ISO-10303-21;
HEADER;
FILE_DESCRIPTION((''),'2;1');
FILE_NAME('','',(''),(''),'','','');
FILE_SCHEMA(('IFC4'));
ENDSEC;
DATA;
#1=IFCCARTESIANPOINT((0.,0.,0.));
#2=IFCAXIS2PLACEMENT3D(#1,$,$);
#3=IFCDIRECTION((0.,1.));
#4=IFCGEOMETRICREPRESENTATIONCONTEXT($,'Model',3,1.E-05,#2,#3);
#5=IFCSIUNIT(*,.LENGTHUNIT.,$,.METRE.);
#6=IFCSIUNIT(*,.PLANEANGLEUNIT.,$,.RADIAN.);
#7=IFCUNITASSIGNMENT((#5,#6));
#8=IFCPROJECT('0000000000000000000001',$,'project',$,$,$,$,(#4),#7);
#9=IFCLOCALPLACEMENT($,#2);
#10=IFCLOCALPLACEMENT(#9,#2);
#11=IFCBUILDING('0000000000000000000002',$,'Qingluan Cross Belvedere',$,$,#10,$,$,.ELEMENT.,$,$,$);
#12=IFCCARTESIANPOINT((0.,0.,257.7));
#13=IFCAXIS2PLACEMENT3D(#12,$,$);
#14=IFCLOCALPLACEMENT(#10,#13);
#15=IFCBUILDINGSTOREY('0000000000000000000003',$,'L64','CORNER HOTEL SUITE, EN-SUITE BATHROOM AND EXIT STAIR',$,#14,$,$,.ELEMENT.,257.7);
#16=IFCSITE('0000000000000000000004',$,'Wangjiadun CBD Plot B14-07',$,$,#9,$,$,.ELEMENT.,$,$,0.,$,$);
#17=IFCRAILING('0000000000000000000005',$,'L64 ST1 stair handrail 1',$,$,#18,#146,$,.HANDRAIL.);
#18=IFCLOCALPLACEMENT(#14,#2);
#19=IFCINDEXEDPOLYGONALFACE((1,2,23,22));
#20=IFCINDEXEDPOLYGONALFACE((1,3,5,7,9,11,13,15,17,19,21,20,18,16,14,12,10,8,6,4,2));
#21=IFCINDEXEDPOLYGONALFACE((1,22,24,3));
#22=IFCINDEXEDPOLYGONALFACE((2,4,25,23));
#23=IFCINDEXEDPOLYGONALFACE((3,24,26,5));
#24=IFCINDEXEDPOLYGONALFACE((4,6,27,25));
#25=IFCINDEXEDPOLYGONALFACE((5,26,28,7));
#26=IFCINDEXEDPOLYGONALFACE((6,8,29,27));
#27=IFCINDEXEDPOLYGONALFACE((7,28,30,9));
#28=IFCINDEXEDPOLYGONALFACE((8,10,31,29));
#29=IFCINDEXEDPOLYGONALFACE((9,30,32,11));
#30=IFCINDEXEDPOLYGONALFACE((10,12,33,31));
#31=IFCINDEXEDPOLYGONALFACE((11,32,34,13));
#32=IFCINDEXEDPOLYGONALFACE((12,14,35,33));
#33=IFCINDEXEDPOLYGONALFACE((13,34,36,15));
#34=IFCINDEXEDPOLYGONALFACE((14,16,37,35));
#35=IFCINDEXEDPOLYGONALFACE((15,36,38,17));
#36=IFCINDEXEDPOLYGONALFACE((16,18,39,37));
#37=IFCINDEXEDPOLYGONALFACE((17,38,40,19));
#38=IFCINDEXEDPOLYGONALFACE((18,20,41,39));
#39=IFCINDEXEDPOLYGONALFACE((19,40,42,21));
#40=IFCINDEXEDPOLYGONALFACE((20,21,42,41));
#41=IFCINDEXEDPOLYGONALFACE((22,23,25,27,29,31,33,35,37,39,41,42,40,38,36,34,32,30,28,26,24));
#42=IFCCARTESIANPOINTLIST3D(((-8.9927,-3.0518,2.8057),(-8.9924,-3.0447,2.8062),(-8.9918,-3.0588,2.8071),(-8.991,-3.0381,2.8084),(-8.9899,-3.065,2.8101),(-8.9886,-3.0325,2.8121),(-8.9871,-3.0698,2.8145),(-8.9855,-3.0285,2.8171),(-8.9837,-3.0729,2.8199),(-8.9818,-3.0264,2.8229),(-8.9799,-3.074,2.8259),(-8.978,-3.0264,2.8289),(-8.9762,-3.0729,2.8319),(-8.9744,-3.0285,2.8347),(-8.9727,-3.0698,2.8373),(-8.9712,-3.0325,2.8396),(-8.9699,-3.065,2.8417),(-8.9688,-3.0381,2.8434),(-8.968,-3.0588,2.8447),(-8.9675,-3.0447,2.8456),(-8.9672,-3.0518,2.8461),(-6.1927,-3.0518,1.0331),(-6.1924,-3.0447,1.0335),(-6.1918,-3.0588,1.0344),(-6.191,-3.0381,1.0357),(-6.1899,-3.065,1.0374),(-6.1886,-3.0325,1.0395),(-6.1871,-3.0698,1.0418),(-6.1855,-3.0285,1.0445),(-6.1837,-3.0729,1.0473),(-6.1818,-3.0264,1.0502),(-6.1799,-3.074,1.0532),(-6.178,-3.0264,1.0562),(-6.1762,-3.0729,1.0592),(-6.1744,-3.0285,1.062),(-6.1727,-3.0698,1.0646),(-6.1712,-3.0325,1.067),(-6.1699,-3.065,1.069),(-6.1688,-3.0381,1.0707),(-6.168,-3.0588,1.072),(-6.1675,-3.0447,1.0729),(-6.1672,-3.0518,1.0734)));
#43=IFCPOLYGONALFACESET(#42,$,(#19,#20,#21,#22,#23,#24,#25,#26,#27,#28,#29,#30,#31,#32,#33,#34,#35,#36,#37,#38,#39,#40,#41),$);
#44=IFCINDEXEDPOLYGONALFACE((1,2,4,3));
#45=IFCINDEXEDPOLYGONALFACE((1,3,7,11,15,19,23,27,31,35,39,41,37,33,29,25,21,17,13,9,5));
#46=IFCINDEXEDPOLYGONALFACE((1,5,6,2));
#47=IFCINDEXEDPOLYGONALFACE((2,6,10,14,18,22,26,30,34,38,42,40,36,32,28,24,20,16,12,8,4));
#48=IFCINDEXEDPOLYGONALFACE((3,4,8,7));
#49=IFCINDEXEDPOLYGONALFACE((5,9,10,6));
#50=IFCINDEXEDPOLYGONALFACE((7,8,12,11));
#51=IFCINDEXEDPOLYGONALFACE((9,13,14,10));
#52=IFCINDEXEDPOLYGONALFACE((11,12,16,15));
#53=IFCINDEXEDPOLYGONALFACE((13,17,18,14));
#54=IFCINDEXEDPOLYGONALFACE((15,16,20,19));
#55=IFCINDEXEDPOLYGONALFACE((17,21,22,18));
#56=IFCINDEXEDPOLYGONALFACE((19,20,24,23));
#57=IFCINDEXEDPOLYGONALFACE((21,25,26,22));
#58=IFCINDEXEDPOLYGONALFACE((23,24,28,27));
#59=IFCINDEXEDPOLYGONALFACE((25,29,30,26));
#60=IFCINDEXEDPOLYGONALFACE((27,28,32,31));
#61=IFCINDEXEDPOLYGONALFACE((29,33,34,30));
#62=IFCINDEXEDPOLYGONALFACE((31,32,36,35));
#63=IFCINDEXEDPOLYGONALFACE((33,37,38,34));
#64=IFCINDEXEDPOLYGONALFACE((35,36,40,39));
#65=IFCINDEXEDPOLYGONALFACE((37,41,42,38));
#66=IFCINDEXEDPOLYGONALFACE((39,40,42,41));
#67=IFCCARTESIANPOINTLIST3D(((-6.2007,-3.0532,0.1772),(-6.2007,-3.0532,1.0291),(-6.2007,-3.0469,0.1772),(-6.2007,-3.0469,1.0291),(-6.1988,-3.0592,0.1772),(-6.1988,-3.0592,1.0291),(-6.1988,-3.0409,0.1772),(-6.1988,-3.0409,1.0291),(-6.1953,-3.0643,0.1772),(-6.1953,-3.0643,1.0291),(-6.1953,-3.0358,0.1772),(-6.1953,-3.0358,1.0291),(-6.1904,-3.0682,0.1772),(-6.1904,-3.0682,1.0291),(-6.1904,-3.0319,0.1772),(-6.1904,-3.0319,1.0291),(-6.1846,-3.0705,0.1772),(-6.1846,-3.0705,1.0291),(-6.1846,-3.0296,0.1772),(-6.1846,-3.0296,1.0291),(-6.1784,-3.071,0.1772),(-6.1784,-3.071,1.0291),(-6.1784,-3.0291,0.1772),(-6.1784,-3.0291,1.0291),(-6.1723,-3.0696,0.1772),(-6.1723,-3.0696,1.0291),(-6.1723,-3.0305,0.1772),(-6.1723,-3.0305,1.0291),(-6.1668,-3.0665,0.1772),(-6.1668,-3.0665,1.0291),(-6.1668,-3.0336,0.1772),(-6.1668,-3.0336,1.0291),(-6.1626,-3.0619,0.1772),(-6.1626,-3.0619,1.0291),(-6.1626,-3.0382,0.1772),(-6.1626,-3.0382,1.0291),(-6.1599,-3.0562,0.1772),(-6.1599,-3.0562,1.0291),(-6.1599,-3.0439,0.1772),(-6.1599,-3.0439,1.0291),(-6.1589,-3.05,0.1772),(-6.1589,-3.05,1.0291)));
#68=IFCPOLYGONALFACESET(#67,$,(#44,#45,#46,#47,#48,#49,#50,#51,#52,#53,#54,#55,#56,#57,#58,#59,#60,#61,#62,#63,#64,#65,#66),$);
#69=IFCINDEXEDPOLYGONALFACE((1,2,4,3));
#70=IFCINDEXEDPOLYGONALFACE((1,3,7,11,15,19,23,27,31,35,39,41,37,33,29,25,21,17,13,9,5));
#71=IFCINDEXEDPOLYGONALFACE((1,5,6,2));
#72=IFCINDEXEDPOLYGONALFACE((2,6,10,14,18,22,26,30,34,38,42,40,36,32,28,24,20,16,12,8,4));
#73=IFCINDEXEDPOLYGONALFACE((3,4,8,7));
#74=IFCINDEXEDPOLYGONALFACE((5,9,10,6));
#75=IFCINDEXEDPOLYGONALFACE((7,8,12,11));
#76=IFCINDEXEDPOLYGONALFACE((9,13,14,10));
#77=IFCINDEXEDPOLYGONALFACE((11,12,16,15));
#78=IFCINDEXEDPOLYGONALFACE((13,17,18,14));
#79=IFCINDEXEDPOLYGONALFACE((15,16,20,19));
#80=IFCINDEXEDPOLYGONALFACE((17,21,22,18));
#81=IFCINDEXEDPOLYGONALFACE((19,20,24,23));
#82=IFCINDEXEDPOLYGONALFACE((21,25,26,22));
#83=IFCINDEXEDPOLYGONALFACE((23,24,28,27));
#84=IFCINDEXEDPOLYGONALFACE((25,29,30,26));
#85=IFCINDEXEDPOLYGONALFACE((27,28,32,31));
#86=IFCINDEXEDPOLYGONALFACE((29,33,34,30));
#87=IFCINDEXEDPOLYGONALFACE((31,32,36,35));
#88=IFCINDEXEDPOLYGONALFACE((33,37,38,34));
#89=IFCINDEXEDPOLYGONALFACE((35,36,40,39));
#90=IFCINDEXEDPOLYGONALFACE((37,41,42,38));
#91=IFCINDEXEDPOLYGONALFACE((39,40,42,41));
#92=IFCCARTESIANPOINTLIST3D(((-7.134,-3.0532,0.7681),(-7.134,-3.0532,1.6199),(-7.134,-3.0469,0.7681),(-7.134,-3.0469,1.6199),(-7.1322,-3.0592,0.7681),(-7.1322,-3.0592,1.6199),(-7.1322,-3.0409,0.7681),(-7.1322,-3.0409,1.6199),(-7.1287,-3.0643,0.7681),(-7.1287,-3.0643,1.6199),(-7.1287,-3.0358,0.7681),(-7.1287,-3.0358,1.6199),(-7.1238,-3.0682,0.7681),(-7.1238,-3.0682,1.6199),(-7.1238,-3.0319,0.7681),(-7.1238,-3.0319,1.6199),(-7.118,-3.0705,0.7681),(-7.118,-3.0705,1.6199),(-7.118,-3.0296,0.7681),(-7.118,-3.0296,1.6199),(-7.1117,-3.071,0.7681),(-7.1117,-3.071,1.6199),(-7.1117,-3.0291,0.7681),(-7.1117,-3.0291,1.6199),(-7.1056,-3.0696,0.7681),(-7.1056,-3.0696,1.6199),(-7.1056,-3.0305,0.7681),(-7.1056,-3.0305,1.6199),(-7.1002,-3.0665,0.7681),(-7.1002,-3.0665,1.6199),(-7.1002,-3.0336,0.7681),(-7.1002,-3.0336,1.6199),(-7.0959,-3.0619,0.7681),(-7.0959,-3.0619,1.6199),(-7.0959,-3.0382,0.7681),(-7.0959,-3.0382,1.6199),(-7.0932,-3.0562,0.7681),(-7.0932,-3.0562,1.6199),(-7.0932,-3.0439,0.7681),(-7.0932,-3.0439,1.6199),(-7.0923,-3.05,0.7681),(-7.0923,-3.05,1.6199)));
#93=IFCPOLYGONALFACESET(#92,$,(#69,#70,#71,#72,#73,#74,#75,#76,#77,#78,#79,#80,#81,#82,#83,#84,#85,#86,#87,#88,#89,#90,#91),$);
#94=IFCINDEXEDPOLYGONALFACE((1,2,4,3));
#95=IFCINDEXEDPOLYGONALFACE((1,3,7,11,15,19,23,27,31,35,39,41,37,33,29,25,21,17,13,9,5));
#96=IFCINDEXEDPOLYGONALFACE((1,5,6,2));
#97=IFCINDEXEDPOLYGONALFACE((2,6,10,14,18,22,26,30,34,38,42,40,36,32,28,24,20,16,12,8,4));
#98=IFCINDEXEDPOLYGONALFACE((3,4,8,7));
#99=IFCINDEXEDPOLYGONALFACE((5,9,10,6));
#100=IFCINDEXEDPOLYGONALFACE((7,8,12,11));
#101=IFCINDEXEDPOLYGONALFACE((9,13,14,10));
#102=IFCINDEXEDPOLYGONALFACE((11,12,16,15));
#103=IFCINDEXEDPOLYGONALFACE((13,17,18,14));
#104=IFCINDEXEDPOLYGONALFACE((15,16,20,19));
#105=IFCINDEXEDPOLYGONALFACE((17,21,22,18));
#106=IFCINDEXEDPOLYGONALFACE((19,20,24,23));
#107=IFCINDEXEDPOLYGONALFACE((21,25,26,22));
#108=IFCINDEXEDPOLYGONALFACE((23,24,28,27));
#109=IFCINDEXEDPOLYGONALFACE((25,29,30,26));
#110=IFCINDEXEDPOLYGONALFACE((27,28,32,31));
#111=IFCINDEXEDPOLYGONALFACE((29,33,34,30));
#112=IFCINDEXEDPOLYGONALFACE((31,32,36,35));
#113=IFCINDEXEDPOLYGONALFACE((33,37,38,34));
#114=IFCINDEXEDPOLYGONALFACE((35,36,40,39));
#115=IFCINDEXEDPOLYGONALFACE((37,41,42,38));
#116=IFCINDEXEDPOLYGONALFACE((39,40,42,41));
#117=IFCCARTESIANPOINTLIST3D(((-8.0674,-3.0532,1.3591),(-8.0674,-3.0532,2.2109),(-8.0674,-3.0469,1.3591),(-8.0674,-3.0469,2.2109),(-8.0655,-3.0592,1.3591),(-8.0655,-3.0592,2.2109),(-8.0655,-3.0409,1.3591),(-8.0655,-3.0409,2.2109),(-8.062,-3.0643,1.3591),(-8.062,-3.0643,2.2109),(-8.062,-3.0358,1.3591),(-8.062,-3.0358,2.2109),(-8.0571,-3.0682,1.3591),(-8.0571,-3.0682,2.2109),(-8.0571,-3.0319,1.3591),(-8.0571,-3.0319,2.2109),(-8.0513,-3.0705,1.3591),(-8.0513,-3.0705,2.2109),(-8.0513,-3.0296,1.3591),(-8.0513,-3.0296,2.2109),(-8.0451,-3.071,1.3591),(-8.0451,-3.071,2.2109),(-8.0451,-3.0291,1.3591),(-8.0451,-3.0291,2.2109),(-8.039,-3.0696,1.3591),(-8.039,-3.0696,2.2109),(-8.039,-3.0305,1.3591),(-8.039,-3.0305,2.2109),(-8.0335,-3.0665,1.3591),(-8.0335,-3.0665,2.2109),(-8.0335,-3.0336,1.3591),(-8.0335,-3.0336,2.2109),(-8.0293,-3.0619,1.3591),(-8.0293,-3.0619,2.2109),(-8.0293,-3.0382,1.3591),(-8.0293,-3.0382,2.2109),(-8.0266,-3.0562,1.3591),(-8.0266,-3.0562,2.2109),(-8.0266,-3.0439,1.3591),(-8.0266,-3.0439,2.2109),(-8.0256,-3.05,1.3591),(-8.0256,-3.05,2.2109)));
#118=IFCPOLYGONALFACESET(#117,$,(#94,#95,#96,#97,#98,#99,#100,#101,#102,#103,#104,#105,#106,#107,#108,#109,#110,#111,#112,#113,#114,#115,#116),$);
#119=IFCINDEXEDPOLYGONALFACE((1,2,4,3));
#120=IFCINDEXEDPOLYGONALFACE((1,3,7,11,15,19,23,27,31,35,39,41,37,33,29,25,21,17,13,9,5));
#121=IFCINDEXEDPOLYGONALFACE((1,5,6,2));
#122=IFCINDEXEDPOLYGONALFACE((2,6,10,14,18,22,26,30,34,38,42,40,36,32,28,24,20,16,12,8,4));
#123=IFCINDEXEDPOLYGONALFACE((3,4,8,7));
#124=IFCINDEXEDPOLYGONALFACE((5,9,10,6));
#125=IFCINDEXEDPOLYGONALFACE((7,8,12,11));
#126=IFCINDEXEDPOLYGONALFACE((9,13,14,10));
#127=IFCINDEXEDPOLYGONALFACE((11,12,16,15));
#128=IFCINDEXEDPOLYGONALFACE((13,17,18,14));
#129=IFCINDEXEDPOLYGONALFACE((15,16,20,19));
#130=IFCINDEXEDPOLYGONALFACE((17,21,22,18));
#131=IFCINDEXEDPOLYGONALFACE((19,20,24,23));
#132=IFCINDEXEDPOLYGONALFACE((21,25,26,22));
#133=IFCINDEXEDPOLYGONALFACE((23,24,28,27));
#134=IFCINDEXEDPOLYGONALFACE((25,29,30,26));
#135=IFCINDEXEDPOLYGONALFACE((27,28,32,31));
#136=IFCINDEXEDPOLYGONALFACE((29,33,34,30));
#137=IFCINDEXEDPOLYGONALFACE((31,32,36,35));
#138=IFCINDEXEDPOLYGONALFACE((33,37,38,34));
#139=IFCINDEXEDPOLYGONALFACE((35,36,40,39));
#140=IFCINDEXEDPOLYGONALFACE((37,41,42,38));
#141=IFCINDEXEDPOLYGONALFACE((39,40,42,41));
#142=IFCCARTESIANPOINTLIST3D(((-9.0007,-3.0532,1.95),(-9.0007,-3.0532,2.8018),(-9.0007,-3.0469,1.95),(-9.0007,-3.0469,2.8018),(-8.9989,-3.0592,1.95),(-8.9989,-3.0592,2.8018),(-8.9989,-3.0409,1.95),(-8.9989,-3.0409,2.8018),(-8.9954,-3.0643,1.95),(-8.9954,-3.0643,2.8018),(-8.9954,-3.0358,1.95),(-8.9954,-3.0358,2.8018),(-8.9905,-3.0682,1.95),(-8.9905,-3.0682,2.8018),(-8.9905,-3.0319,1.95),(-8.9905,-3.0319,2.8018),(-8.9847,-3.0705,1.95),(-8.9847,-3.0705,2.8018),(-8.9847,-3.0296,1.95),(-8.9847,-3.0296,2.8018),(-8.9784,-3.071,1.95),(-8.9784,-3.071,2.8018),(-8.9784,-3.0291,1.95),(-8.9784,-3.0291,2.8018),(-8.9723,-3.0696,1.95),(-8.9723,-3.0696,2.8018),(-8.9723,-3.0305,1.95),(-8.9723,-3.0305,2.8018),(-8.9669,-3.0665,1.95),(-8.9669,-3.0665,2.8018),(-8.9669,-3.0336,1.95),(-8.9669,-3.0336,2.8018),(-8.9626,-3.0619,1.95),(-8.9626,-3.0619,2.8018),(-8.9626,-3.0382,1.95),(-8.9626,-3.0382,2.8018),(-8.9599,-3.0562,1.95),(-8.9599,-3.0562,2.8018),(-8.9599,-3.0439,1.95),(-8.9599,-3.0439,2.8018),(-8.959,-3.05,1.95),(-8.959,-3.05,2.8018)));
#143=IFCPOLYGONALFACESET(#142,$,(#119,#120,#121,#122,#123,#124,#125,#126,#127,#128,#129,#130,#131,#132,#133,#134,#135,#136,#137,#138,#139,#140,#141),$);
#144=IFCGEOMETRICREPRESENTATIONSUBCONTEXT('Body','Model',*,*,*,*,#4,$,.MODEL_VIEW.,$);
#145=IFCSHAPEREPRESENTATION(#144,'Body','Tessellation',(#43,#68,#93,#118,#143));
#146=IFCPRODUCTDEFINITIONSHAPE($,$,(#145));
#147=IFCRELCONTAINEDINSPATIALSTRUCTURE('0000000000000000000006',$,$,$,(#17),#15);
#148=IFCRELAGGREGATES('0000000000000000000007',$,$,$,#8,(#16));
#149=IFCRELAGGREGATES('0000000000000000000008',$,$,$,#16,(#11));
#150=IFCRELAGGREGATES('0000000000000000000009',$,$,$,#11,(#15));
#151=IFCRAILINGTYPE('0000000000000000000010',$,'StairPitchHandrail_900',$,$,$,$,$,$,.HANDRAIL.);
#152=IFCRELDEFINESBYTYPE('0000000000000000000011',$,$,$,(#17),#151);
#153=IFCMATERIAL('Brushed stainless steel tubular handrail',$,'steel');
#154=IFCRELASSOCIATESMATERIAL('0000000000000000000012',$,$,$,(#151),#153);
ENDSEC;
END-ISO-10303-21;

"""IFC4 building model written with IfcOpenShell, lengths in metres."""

from ifc_helpers import new_model, si_unit, direction, frame, origin, origin_2d, place, context, subcontext, project, spatial, circle, extrude, material, type_object, element, save


model = new_model("IFC4")

# Units and contexts
model_context = context("Model", 3, precision=1e-05, world=origin(), true_north=direction((0.0, 1.0)))
body_context = subcontext(model_context, "Body", "Model", "MODEL_VIEW")
ifc_project = project(units=[si_unit("LENGTHUNIT", "METRE"), si_unit("PLANEANGLEUNIT", "RADIAN")], contexts=[model_context])

# Site, building, storey
site_placement = place(None, origin())
site = spatial("IfcSite", under=ifc_project, at=site_placement, Name="Wangjiadun CBD Plot B14-07", CompositionType="ELEMENT", RefElevation=0.0)
building_placement = place(site_placement, origin())
building = spatial("IfcBuilding", under=site, at=building_placement, Name="Qingluan Cross Belvedere", CompositionType="ELEMENT")
storey_placement = place(building_placement, frame((0.0, 0.0, 257.7)))
storey = spatial("IfcBuildingStorey", under=building, at=storey_placement, Name="L64", Description="CORNER HOTEL SUITE, EN-SUITE BATHROOM AND EXIT STAIR", CompositionType="ELEMENT", Elevation=257.7)

# Railing
ifc_material_1 = material(Name="Brushed stainless steel tubular handrail", Category="steel")
railing_type_1 = type_object("IfcRailingType", Name="StairPitchHandrail_900", PredefinedType="HANDRAIL", material=ifc_material_1)
railing_1_placement = place(storey_placement, frame((-6.1799, -3.05, 0.1772)))
element("IfcRailing", 1, at=railing_1_placement, inside=storey, type_object=railing_type_1, Name="L64 ST1 stair handrail 1", PredefinedType="HANDRAIL", context=body_context, shape_type="SweptSolid", body=[
    extrude(circle(Radius=0.0239, at=origin_2d()), frame((0.0, 0.0, 0.876), z_axis=(-0.844909, 0.0, 0.53491), x_axis=(0.0, -1.0, 0.0)), (0.0, 0.0, 1.0), 3.314),
    extrude(circle(Radius=0.021, at=origin_2d()), origin(), (0.0, 0.0, 1.0), 0.8518),
    extrude(circle(Radius=0.021, at=origin_2d()), frame((-0.9333, 0.0, 0.5908)), (0.0, 0.0, 1.0), 0.8518),
    extrude(circle(Radius=0.021, at=origin_2d()), frame((-1.8667, 0.0, 1.1819)), (0.0, 0.0, 1.0), 0.8518),
    extrude(circle(Radius=0.021, at=origin_2d()), frame((-2.8, 0.0, 1.7727)), (0.0, 0.0, 1.0), 0.8518),
])

save(model, "model.ifc")
